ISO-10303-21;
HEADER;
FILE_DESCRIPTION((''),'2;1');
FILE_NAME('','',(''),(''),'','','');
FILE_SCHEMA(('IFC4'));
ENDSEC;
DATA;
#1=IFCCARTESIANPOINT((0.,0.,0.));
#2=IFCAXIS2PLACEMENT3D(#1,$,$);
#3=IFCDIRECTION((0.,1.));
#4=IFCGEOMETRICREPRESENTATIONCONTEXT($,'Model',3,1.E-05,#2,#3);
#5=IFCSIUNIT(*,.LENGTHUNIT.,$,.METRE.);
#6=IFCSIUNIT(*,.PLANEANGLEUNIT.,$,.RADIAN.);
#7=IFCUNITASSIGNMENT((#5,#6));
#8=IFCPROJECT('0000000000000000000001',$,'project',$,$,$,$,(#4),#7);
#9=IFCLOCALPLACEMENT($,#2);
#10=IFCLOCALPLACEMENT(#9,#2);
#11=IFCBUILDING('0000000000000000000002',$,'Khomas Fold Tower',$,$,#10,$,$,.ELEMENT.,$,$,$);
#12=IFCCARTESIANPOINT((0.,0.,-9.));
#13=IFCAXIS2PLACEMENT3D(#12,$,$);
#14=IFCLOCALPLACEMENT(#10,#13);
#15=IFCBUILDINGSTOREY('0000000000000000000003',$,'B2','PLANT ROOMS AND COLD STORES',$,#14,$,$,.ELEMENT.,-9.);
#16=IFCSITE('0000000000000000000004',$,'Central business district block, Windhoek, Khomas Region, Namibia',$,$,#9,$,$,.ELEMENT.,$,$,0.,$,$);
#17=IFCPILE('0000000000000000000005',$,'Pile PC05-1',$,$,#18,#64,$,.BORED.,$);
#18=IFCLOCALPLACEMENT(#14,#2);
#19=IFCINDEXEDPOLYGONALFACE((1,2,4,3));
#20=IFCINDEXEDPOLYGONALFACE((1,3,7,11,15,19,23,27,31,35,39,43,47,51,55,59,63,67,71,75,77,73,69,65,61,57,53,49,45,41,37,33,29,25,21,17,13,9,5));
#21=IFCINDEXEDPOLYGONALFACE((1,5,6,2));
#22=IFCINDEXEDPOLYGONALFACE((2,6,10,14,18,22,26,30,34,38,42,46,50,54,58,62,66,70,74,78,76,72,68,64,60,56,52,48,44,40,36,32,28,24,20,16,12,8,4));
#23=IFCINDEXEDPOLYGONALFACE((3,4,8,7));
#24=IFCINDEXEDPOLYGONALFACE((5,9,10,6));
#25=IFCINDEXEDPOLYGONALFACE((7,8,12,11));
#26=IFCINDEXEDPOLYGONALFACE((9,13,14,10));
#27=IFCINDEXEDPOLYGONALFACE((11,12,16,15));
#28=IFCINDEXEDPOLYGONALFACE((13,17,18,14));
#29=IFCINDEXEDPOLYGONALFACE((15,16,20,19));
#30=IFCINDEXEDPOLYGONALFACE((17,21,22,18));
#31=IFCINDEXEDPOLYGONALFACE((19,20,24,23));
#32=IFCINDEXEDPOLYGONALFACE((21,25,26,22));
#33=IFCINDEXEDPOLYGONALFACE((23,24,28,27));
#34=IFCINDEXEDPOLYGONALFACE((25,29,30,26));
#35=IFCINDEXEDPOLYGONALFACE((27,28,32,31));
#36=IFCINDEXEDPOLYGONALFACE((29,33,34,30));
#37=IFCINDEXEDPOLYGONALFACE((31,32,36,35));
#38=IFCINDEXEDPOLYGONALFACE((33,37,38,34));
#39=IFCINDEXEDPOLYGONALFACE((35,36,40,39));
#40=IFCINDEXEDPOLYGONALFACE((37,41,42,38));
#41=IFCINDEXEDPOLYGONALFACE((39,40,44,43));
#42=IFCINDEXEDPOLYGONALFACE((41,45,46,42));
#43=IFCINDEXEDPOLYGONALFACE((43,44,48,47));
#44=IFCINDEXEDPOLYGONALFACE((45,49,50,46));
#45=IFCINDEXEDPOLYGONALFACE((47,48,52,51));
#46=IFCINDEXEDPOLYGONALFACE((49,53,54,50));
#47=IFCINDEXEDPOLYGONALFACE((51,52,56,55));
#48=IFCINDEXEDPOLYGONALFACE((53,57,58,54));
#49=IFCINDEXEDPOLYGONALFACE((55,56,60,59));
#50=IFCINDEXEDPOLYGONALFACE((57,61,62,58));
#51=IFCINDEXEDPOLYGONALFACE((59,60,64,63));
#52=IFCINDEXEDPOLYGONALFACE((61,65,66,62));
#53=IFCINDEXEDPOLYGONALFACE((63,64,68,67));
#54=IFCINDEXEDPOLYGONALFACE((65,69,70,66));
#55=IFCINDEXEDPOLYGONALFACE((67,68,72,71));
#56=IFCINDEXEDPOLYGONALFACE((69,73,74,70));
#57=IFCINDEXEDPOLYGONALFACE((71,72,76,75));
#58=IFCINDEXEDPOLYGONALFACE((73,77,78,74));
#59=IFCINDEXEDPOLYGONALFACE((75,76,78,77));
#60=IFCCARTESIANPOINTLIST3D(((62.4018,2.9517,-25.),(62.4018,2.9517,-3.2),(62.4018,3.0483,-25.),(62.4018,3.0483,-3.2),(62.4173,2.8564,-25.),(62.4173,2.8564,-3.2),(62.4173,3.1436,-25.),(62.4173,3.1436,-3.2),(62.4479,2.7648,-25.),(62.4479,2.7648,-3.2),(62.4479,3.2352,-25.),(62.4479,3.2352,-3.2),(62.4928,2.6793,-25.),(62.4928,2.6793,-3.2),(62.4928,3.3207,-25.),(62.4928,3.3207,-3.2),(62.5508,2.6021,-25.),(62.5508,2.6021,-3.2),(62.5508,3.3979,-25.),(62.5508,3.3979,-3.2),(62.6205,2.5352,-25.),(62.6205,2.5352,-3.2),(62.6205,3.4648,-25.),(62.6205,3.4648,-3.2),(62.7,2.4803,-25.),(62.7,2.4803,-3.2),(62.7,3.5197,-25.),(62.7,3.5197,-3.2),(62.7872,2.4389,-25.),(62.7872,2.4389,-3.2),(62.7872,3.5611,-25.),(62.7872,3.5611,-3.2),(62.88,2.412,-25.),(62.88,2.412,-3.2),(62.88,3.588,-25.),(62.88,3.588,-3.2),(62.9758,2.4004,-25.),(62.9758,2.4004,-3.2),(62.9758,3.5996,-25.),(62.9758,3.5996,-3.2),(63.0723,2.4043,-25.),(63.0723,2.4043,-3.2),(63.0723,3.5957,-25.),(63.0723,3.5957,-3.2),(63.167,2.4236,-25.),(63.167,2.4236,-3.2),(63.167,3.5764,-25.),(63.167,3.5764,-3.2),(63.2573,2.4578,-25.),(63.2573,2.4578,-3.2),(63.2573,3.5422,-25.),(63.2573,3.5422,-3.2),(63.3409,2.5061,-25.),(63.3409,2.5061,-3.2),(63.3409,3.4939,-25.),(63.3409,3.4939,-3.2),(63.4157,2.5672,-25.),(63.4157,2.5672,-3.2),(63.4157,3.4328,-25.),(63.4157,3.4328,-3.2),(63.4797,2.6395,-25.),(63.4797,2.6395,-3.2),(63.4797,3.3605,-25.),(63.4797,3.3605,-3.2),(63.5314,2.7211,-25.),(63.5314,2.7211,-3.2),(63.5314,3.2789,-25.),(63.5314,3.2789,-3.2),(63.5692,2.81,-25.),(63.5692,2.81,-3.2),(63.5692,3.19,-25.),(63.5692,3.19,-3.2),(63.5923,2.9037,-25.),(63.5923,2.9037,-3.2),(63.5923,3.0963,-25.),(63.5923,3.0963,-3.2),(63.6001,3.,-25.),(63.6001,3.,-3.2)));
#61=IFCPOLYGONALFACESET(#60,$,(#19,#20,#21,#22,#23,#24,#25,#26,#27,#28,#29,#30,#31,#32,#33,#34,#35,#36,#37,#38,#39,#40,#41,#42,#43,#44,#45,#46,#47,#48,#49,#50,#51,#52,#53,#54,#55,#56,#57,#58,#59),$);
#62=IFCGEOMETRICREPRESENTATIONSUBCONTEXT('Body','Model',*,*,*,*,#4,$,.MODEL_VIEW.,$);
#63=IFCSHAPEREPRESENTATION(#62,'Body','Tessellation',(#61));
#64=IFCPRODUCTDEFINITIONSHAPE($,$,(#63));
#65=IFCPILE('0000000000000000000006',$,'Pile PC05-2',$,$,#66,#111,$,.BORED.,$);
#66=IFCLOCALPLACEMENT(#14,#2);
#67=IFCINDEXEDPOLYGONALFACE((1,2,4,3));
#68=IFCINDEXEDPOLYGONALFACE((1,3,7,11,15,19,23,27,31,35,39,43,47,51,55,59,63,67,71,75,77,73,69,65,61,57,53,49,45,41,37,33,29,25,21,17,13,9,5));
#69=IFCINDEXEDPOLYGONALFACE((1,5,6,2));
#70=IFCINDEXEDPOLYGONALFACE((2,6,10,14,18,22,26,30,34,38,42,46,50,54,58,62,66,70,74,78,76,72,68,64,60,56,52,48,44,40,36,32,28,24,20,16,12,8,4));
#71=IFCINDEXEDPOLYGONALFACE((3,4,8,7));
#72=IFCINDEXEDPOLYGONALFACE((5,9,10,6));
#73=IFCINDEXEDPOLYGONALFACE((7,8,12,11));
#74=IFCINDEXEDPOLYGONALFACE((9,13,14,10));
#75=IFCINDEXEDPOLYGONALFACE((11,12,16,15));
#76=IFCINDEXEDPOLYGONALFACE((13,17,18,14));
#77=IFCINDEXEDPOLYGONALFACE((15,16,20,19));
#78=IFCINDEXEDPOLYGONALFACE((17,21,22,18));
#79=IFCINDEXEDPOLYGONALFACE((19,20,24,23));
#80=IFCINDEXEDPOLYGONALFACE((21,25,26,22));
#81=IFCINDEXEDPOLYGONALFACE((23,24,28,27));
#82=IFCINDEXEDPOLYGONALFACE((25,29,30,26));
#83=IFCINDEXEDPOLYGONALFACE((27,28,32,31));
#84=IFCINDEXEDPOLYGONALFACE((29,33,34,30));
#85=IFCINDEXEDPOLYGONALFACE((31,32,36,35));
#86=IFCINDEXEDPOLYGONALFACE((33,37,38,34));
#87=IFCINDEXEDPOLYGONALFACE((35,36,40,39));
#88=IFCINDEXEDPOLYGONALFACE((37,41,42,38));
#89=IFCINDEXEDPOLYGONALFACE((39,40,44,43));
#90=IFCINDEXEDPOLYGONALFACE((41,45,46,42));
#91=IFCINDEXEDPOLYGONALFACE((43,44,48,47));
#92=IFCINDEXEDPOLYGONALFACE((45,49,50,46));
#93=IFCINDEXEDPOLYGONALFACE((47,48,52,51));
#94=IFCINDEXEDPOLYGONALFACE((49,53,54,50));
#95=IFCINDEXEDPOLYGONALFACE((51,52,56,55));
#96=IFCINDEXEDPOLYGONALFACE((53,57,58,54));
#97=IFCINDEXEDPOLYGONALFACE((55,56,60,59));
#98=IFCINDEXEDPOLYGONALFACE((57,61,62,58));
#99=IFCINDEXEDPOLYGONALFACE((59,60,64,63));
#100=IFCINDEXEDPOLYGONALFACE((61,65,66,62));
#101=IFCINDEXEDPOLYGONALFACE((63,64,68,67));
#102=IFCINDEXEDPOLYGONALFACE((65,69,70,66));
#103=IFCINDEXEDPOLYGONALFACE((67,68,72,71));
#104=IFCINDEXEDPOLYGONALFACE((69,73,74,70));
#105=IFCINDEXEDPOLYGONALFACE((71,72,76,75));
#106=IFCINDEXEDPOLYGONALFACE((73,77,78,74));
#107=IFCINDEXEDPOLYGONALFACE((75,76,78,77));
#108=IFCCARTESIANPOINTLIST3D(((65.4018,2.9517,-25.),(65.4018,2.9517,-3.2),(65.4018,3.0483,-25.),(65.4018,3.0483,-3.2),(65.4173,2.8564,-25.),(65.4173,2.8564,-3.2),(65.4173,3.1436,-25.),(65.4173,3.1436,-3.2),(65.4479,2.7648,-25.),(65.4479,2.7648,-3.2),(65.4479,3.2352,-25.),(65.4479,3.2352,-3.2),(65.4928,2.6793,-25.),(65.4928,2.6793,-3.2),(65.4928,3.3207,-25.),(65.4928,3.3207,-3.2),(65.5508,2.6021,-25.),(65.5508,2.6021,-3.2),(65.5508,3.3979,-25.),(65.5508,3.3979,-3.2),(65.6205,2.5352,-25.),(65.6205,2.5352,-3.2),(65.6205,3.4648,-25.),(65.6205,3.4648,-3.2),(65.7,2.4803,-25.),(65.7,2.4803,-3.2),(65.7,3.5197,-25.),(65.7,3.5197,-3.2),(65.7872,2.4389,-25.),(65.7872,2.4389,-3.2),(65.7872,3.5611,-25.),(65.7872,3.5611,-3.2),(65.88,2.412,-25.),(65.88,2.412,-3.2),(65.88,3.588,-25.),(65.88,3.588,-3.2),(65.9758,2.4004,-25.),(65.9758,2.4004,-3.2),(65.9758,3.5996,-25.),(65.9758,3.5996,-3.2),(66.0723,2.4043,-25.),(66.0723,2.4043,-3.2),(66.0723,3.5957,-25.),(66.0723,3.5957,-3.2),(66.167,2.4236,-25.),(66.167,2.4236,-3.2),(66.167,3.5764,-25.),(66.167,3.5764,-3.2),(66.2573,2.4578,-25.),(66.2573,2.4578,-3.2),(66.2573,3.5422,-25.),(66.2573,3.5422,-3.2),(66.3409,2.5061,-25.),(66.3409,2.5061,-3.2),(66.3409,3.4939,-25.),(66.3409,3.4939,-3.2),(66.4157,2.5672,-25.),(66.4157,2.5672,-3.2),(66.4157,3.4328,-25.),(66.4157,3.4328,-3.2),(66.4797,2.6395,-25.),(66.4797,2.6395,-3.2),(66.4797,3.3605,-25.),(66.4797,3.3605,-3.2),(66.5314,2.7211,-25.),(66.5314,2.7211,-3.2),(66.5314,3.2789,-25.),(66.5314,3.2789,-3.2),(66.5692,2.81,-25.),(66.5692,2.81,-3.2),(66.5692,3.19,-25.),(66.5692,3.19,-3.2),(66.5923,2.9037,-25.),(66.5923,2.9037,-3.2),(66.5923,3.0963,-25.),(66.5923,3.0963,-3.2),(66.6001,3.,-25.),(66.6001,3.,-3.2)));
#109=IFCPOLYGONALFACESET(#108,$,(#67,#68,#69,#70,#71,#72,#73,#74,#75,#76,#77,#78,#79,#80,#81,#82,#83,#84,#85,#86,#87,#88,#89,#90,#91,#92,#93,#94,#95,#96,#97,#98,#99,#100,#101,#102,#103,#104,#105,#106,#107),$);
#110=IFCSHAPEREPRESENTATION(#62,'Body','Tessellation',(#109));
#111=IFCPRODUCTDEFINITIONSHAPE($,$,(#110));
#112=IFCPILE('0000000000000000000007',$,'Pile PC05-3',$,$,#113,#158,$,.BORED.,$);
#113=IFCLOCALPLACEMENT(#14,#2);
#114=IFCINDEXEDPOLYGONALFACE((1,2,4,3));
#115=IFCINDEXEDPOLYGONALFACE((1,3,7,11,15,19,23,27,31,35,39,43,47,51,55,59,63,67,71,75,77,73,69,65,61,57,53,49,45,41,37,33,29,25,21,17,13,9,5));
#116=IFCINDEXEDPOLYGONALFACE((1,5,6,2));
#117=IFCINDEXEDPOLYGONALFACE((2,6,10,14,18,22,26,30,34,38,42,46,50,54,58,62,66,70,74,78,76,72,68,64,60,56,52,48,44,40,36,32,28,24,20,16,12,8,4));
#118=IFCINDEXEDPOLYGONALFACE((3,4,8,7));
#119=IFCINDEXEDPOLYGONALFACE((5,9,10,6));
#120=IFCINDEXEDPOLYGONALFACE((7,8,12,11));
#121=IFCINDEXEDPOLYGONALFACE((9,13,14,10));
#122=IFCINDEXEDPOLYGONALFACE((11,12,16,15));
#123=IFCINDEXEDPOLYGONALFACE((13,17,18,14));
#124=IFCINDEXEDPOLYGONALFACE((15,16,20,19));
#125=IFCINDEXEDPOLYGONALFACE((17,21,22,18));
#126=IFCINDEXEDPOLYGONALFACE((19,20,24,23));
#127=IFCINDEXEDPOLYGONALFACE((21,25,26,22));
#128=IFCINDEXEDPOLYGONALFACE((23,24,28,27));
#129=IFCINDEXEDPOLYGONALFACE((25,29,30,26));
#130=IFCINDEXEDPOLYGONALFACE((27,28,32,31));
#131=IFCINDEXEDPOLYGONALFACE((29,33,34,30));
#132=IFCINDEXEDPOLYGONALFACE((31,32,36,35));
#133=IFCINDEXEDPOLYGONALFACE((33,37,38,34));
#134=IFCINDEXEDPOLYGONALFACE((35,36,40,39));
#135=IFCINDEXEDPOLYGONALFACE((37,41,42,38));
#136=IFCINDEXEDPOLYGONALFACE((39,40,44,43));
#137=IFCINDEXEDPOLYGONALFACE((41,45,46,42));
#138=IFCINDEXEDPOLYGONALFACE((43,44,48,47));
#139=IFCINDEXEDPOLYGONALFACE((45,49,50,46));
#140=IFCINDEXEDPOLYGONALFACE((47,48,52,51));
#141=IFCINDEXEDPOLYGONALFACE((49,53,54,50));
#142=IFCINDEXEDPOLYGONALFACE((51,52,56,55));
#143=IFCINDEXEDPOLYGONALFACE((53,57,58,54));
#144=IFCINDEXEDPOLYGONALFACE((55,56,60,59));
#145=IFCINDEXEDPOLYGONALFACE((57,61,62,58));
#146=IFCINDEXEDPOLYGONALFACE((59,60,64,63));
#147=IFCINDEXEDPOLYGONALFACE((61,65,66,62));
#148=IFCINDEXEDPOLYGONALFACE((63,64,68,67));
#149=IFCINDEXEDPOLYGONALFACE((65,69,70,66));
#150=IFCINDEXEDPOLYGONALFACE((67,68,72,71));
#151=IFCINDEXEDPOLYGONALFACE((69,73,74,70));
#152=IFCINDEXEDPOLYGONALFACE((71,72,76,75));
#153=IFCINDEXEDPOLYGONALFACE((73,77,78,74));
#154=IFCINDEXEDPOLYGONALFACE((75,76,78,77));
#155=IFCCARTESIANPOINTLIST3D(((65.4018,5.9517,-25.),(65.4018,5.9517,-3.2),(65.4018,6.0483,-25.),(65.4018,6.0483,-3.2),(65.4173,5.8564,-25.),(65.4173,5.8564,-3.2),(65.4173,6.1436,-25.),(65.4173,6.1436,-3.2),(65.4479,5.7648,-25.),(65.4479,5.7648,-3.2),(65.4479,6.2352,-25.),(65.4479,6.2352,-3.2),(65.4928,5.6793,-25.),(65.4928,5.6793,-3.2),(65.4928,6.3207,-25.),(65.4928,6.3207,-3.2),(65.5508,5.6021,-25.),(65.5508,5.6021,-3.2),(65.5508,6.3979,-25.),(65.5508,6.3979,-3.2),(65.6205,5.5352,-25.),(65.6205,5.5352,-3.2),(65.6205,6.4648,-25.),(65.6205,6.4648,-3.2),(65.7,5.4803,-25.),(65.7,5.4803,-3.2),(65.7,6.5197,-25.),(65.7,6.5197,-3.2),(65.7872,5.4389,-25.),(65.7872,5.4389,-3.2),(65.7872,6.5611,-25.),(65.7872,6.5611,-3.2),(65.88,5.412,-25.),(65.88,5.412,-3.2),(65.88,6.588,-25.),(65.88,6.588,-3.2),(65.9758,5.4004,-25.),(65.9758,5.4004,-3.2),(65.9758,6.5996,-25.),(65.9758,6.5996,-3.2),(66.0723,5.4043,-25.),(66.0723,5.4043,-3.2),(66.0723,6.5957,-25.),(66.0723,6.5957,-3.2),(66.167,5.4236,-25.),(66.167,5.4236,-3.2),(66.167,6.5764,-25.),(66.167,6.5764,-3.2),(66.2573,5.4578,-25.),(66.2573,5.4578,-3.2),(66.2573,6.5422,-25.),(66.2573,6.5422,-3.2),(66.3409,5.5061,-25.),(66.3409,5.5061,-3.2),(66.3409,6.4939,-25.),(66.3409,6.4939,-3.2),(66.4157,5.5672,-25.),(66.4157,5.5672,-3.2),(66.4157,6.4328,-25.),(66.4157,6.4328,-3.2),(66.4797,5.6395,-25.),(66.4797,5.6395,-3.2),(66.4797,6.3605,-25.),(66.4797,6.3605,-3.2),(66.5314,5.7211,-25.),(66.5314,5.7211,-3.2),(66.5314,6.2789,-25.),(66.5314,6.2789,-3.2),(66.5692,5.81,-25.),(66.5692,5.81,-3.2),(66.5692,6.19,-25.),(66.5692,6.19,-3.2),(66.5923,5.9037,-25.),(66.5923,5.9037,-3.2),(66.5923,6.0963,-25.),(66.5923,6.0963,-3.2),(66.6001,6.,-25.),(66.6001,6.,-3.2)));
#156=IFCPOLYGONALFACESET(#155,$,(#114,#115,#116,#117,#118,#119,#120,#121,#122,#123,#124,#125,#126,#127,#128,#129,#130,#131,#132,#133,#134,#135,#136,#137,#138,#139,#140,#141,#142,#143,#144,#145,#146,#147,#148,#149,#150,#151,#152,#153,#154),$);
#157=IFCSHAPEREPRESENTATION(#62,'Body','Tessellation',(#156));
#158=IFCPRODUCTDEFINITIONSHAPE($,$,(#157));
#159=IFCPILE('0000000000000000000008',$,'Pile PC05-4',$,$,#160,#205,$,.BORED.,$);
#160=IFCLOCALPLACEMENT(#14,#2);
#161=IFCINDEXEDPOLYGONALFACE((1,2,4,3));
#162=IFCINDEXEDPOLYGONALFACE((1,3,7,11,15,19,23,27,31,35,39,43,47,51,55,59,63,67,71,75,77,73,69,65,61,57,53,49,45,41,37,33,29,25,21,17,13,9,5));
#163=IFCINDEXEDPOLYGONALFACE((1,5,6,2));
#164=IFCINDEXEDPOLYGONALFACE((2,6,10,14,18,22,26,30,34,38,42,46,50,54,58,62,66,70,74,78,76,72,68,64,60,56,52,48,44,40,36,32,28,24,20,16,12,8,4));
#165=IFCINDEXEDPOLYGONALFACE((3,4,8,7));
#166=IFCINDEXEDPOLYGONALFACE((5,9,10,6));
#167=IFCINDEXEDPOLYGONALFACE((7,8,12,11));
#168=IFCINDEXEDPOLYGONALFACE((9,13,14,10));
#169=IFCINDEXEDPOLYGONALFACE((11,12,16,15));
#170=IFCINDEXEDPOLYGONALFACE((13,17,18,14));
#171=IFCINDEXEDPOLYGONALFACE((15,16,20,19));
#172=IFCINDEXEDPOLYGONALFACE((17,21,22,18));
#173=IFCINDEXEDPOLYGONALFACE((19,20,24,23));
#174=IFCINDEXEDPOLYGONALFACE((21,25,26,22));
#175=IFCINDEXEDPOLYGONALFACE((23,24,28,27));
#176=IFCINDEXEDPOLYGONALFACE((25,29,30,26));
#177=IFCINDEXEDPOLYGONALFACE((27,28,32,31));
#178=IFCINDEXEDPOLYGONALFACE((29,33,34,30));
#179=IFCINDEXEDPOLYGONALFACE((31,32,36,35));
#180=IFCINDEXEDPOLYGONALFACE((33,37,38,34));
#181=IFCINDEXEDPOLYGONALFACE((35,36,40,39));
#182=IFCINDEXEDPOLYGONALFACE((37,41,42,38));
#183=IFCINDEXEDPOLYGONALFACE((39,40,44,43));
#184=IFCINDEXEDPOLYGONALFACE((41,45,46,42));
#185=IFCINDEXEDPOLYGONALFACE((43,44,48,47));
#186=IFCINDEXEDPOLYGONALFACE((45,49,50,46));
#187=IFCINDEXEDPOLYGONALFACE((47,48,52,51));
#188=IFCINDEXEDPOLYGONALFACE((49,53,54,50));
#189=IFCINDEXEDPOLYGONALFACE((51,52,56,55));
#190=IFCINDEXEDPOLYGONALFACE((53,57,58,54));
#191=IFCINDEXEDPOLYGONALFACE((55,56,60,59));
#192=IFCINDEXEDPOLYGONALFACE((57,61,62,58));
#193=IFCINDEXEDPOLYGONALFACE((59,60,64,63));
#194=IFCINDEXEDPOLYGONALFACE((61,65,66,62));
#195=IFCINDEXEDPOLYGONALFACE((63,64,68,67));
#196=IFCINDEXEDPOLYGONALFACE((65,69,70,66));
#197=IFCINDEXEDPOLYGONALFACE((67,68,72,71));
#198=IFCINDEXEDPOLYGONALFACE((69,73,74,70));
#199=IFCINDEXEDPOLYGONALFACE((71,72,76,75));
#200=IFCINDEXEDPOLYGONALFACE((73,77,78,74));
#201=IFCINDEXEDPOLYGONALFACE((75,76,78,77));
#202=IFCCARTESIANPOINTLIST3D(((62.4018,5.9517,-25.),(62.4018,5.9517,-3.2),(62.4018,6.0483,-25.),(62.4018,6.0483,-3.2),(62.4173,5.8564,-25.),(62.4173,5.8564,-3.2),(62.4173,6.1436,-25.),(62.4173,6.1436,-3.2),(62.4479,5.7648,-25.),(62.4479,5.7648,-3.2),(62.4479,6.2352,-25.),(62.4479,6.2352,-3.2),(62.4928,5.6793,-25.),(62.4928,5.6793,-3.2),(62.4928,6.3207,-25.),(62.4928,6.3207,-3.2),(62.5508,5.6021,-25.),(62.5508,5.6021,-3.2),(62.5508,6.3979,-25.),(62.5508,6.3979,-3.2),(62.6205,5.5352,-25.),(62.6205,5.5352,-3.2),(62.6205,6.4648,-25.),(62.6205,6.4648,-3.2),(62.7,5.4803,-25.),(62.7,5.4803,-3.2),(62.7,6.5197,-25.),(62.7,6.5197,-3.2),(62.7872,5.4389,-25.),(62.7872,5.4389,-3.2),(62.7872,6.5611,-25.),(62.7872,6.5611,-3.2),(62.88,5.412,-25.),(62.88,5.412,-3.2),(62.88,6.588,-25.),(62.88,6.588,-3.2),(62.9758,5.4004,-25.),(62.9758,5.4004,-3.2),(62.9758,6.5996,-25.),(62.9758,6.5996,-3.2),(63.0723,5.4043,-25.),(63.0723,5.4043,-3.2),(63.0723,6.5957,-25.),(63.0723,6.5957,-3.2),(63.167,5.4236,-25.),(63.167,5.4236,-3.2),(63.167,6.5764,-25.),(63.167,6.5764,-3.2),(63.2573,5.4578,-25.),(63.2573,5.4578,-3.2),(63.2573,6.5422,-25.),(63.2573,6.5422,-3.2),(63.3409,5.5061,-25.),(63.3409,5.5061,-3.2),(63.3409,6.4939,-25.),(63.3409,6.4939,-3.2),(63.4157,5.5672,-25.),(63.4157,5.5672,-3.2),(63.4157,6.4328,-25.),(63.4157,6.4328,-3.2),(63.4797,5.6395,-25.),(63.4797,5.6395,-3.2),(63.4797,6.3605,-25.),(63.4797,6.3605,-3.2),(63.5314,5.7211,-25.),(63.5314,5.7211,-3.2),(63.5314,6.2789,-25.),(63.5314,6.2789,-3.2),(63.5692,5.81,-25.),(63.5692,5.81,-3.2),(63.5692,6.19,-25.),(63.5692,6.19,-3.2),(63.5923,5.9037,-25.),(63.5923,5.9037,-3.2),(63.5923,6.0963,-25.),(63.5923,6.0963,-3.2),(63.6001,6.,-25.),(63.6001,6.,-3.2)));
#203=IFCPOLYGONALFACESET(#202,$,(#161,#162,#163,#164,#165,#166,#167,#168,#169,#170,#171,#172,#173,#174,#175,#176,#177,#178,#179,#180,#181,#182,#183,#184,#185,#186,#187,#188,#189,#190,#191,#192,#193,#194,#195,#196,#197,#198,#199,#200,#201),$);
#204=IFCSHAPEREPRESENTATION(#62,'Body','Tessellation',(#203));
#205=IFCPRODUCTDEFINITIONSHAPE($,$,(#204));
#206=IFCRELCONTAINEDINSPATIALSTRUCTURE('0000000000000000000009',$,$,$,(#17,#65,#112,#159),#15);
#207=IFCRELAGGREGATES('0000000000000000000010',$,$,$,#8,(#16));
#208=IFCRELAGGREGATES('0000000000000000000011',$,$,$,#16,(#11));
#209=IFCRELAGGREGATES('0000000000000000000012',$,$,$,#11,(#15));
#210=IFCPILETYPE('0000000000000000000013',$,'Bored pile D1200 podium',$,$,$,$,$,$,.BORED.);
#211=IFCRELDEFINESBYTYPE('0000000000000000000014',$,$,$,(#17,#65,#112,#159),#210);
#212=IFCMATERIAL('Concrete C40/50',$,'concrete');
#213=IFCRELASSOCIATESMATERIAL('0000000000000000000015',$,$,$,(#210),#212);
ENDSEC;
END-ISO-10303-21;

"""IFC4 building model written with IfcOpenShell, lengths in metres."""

from ifc_helpers import new_model, si_unit, direction, frame, origin, origin_2d, place, context, subcontext, project, spatial, circle, extrude, source, transform, mapped, material, material_profile, profile_set, type_object, element, save


model = new_model("IFC4")

# Units and contexts
model_context = context("Model", 3, precision=1e-05, world=origin(), true_north=direction((0.0, 1.0)))
body_context = subcontext(model_context, "Body", "Model", "MODEL_VIEW")
ifc_project = project(units=[si_unit("LENGTHUNIT", "METRE"), si_unit("PLANEANGLEUNIT", "RADIAN")], contexts=[model_context])

# Site, building, storey
site_placement = place(None, origin())
site = spatial("IfcSite", under=ifc_project, at=site_placement, Name="Central business district block, Windhoek, Khomas Region, Namibia", CompositionType="ELEMENT", RefElevation=0.0)
building_placement = place(site_placement, origin())
building = spatial("IfcBuilding", under=site, at=building_placement, Name="Khomas Fold Tower", CompositionType="ELEMENT")
storey_placement = place(building_placement, frame((0.0, 0.0, -9.0)))
storey = spatial("IfcBuildingStorey", under=building, at=storey_placement, Name="B2", Description="PLANT ROOMS AND COLD STORES", CompositionType="ELEMENT", Elevation=-9.0)

# Piles
ifc_material_1 = material(Name="Concrete C40/50", Category="concrete")
ifc_material_profile_1 = material_profile(ifc_material_1, circle(Radius=0.6001, at=origin_2d()), Name="PILE D1200")
ifc_profile_set_1 = profile_set([ifc_material_profile_1], Name="Concrete C40/50")
pile_type = type_object("IfcPileType", Name="Bored pile D1200 podium", PredefinedType="BORED", material=ifc_profile_set_1)
shared_shape_1 = source(origin(), body_context, "Body", "SweptSolid", [
    extrude(circle(Radius=0.6001, at=origin_2d()), origin(), (0.0, 0.0, 1.0), 21.8),
])
for number, where, z_axis, x_axis, name in (
    (1, (63.0, 3.0, -3.2), (0.0, 0.0, -1.0), (1.0, 0.0, 0.0), "Pile PC05-1"),
    (2, (66.0, 3.0, -3.2), (0.0, 0.0, -1.0), (1.0, 0.0, 0.0), "Pile PC05-2"),
    (3, (66.0, 6.0, -3.2), (0.0, 0.0, -1.0), (1.0, 0.0, 0.0), "Pile PC05-3"),
    (4, (63.0, 6.0, -3.2), (0.0, 0.0, -1.0), (1.0, 0.0, 0.0), "Pile PC05-4"),
):
    element("IfcPile", number, at=place(storey_placement, frame(where, z_axis=z_axis, x_axis=x_axis)), inside=storey, type_object=pile_type, Name=name, PredefinedType="BORED", context=body_context, shape_type="MappedRepresentation", body=[
        mapped(shared_shape_1, transform((0.0, 0.0, 0.0))),
    ])

save(model, "model.ifc")
